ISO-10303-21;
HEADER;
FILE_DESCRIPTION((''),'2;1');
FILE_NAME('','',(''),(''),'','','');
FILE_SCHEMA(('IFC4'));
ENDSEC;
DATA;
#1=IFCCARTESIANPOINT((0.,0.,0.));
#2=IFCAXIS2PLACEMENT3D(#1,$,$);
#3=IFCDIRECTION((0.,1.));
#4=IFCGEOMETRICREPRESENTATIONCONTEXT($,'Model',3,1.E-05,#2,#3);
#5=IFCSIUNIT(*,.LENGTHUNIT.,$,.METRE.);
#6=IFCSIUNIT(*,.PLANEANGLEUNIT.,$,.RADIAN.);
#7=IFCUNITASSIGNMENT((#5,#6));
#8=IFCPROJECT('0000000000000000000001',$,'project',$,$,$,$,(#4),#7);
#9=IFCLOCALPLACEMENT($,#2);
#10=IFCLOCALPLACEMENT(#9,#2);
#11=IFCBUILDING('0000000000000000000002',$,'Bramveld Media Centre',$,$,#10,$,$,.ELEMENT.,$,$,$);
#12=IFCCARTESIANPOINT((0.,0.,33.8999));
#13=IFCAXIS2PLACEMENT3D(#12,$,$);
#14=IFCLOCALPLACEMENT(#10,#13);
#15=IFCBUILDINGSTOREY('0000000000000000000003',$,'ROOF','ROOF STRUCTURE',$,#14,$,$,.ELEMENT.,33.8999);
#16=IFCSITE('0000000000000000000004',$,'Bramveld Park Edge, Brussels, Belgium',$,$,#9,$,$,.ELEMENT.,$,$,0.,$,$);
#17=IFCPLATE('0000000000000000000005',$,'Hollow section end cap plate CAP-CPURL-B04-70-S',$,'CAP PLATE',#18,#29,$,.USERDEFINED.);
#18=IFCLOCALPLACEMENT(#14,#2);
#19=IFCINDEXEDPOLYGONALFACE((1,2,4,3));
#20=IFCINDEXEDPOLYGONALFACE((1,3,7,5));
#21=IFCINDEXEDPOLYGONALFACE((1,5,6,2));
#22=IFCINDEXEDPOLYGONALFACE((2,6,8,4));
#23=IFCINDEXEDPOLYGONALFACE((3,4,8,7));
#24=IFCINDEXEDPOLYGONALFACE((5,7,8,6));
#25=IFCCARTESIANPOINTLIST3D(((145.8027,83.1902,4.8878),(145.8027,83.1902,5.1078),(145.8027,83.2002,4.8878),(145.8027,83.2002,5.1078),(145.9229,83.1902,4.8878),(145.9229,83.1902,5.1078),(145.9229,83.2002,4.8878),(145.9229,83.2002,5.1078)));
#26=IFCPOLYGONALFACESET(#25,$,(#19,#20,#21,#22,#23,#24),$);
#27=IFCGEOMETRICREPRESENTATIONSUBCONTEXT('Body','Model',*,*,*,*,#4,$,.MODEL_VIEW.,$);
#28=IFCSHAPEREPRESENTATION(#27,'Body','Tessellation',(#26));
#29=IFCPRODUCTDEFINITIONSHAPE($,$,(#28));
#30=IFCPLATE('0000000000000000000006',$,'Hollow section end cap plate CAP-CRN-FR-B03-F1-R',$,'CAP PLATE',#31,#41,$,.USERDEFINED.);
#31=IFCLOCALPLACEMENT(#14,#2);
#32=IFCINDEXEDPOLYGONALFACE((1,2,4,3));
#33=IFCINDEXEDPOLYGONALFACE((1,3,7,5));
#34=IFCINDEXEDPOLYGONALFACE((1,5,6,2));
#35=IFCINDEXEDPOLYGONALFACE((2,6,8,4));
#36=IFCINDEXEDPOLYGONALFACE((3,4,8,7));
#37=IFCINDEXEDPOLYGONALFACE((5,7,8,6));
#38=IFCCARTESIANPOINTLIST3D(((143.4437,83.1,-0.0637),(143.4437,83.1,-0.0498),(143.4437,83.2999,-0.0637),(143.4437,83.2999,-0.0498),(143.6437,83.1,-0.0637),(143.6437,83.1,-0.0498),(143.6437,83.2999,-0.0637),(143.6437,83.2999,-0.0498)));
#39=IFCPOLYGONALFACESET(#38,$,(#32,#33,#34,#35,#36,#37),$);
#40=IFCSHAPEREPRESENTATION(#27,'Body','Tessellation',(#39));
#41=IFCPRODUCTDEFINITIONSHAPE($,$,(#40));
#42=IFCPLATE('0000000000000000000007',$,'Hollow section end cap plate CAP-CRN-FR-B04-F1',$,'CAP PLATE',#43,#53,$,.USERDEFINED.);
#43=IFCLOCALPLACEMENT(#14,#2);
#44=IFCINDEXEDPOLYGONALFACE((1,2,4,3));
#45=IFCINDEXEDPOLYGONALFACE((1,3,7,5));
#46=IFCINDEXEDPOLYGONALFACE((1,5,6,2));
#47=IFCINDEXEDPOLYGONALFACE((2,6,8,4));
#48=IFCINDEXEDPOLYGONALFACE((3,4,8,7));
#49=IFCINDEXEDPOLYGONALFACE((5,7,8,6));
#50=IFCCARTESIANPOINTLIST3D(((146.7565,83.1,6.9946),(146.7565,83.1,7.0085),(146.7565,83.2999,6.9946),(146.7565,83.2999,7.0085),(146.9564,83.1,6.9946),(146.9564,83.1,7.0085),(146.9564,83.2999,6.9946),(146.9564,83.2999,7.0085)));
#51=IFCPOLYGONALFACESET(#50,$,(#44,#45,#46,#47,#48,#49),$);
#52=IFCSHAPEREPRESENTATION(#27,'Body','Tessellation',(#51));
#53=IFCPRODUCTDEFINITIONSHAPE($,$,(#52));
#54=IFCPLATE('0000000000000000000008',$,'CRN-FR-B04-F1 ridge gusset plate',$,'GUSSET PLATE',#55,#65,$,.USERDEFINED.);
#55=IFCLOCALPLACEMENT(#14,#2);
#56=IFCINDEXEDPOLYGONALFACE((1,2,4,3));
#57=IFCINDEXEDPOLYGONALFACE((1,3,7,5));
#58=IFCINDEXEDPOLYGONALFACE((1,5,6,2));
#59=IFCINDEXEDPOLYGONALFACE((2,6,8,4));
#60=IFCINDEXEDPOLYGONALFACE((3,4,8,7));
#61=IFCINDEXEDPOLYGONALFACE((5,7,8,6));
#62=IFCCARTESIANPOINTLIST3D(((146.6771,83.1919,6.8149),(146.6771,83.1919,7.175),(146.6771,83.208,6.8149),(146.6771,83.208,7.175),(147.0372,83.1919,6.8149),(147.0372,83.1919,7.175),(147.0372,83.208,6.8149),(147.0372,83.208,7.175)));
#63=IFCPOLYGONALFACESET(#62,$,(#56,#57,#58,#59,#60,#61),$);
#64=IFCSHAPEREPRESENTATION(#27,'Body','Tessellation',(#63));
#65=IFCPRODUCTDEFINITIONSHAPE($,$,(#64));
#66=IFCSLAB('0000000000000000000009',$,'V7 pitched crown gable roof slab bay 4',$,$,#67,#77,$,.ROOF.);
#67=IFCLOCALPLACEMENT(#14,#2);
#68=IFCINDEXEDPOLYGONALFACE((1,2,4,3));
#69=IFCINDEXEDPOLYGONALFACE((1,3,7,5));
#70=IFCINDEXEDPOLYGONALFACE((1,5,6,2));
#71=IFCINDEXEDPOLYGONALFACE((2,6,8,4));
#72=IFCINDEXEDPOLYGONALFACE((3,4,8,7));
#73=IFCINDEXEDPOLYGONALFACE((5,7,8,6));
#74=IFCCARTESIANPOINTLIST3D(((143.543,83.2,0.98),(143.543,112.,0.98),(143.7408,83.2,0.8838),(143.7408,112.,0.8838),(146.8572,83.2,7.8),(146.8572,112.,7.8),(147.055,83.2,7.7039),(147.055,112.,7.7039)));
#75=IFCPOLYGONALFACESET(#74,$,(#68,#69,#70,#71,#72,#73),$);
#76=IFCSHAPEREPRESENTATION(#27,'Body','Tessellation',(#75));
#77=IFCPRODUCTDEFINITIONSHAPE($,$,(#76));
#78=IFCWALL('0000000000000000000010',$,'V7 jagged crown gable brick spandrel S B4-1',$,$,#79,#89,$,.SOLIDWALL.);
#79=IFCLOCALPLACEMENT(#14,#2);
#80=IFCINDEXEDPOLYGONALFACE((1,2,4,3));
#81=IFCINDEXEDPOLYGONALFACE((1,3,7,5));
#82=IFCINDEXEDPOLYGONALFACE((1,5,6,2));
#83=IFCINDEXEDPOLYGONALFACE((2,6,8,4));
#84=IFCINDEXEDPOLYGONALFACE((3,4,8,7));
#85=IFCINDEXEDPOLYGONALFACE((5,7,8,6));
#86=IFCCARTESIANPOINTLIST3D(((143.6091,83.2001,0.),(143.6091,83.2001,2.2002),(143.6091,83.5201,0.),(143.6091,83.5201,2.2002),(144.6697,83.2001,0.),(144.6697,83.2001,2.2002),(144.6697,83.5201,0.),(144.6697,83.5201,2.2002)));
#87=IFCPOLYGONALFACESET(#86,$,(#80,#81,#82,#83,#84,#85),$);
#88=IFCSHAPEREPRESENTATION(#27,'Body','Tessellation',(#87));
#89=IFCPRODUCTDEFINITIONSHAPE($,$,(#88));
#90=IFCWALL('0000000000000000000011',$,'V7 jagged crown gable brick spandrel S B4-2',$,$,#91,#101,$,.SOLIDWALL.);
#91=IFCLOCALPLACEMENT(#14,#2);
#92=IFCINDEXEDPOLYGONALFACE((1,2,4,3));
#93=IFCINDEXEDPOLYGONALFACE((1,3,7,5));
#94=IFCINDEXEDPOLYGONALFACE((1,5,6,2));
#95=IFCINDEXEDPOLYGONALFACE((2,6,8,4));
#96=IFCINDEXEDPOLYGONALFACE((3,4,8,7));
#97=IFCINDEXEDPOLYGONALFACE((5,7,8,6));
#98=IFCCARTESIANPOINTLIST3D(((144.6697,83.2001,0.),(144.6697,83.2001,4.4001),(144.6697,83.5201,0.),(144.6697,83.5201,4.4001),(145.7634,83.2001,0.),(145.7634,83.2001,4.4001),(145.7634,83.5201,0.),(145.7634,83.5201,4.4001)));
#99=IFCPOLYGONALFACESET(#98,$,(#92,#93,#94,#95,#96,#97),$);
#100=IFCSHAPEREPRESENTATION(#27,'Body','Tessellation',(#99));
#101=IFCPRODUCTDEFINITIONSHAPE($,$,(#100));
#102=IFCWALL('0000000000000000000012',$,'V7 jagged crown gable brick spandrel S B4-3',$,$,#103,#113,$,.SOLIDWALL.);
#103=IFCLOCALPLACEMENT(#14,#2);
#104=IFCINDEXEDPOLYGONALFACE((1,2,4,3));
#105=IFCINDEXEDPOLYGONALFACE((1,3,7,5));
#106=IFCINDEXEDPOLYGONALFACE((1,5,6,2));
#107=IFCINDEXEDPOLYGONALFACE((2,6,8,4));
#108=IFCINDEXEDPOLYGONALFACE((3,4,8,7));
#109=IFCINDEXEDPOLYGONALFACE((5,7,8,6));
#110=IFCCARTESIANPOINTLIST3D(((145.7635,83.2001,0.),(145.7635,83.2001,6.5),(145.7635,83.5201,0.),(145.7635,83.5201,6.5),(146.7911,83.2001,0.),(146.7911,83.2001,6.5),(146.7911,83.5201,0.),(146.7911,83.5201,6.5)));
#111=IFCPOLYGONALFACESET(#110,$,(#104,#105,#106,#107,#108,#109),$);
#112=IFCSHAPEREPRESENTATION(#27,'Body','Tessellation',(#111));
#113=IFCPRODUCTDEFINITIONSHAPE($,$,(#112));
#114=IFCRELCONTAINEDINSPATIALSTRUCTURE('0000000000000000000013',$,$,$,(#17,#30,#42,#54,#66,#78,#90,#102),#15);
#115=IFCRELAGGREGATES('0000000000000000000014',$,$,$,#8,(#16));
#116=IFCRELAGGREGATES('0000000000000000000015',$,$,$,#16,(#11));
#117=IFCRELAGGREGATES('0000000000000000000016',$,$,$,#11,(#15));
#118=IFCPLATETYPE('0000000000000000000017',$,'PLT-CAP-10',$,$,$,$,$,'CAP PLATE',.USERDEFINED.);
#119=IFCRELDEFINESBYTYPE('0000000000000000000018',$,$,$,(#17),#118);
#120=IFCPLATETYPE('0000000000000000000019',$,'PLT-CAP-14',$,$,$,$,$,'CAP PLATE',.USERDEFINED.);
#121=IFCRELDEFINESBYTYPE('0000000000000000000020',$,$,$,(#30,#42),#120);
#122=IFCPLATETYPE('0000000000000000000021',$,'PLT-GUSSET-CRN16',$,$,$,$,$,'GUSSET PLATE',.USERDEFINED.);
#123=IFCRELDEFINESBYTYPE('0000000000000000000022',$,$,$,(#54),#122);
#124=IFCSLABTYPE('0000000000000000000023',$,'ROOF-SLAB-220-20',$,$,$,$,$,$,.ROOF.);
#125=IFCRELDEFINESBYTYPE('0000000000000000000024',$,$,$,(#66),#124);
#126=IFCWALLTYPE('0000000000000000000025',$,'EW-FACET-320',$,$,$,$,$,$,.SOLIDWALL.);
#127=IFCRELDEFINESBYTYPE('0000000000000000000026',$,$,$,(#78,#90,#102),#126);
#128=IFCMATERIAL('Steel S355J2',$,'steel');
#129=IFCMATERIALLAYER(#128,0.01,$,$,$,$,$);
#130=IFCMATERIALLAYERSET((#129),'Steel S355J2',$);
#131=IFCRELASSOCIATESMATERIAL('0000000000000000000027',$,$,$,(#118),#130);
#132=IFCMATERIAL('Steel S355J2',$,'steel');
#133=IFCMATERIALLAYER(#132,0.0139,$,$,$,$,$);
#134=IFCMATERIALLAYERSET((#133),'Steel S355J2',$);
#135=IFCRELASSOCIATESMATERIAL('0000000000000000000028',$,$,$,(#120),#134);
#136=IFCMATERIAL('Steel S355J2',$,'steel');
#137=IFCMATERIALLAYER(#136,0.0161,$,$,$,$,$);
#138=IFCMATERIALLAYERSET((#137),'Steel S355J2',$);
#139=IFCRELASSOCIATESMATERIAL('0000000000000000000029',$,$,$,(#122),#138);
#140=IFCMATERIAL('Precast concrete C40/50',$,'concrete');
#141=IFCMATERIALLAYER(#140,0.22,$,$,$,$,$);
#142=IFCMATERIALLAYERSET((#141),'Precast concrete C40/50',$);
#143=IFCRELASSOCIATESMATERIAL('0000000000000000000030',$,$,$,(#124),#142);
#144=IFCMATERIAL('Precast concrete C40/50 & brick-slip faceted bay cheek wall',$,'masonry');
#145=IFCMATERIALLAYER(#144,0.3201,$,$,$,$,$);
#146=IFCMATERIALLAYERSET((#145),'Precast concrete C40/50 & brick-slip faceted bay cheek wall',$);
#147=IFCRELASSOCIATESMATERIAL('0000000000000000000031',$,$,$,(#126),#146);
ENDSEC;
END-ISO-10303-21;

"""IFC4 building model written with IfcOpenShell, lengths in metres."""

from ifc_helpers import new_model, si_unit, direction, frame, frame_2d, origin, origin_2d, place, context, subcontext, project, spatial, polyline, rectangle, outline, extrude, material, layer, layer_set, type_object, element, save


model = new_model("IFC4")

# Units and contexts
model_context = context("Model", 3, precision=1e-05, world=origin(), true_north=direction((0.0, 1.0)))
body_context = subcontext(model_context, "Body", "Model", "MODEL_VIEW")
ifc_project = project(units=[si_unit("LENGTHUNIT", "METRE"), si_unit("PLANEANGLEUNIT", "RADIAN")], contexts=[model_context])

# Site, building, storey
site_placement = place(None, origin())
site = spatial("IfcSite", under=ifc_project, at=site_placement, Name="Bramveld Park Edge, Brussels, Belgium", CompositionType="ELEMENT", RefElevation=0.0)
building_placement = place(site_placement, origin())
building = spatial("IfcBuilding", under=site, at=building_placement, Name="Bramveld Media Centre", CompositionType="ELEMENT")
storey_placement = place(building_placement, frame((0.0, 0.0, 33.8999)))
storey = spatial("IfcBuildingStorey", under=building, at=storey_placement, Name="ROOF", Description="ROOF STRUCTURE", CompositionType="ELEMENT", Elevation=33.8999)

# Plates
ifc_material_1 = material(Name="Steel S355J2", Category="steel")
ifc_layer_1 = layer(ifc_material_1, 0.01)
ifc_layer_set_1 = layer_set([ifc_layer_1], Name="Steel S355J2")
plate_type_1 = type_object("IfcPlateType", Name="PLT-CAP-10", ElementType="CAP PLATE", PredefinedType="USERDEFINED", material=ifc_layer_set_1)
for number, where, z_axis, x_axis, name in (
    (1, (145.8628, 83.2002, 4.9978), (0.0, -1.0, 0.0), (1.0, 0.0, 0.0), "Hollow section end cap plate CAP-CPURL-B04-70-S"),
):
    element("IfcPlate", number, at=place(storey_placement, frame(where, z_axis=z_axis, x_axis=x_axis)), inside=storey, type_object=plate_type_1, Name=name, ObjectType="CAP PLATE", PredefinedType="USERDEFINED", context=body_context, shape_type="SweptSolid", body=[
        extrude(rectangle(XDim=0.1201, YDim=0.22, at=origin_2d()), origin(), (0.0, 0.0, 1.0), 0.01),
    ])
ifc_material_2 = material(Name="Steel S355J2", Category="steel")
ifc_layer_2 = layer(ifc_material_2, 0.0139)
ifc_layer_set_2 = layer_set([ifc_layer_2], Name="Steel S355J2")
plate_type_2 = type_object("IfcPlateType", Name="PLT-CAP-14", ElementType="CAP PLATE", PredefinedType="USERDEFINED", material=ifc_layer_set_2)
for number, where, z_axis, x_axis, name in (
    (2, (143.5437, 83.2, -0.0498), (0.0, 0.0, -1.0), (1.0, 0.0, 0.0), "Hollow section end cap plate CAP-CRN-FR-B03-F1-R"),
    (3, (146.8564, 83.2, 6.9946), (0.0, 0.0, 1.0), (1.0, 0.0, 0.0), "Hollow section end cap plate CAP-CRN-FR-B04-F1"),
):
    element("IfcPlate", number, at=place(storey_placement, frame(where, z_axis=z_axis, x_axis=x_axis)), inside=storey, type_object=plate_type_2, Name=name, ObjectType="CAP PLATE", PredefinedType="USERDEFINED", context=body_context, shape_type="SweptSolid", body=[
        extrude(rectangle(XDim=0.2, YDim=0.2, at=origin_2d()), origin(), (0.0, 0.0, 1.0), 0.0139),
    ])
ifc_material_3 = material(Name="Steel S355J2", Category="steel")
ifc_layer_3 = layer(ifc_material_3, 0.0161)
ifc_layer_set_3 = layer_set([ifc_layer_3], Name="Steel S355J2")
plate_type_3 = type_object("IfcPlateType", Name="PLT-GUSSET-CRN16", ElementType="GUSSET PLATE", PredefinedType="USERDEFINED", material=ifc_layer_set_3)
plate_1_placement = place(storey_placement, frame((146.8572, 83.2, 6.8149), z_axis=(0.0, 0.0, 1.0), x_axis=(1.0, 0.0, 0.0)))
element("IfcPlate", 4, at=plate_1_placement, inside=storey, type_object=plate_type_3, Name="CRN-FR-B04-F1 ridge gusset plate", ObjectType="GUSSET PLATE", PredefinedType="USERDEFINED", context=body_context, shape_type="SweptSolid", body=[
    extrude(rectangle(XDim=0.3601, YDim=0.0161, at=origin_2d()), origin(), (0.0, 0.0, 1.0), 0.3601),
])

# Slab
ifc_material_4 = material(Name="Precast concrete C40/50", Category="concrete")
ifc_layer_4 = layer(ifc_material_4, 0.22)
ifc_layer_set_4 = layer_set([ifc_layer_4], Name="Precast concrete C40/50")
slab_type = type_object("IfcSlabType", Name="ROOF-SLAB-220-20", PredefinedType="ROOF", material=ifc_layer_set_4)
slab_placement = place(storey_placement, frame((143.543, 83.2, 0.98), z_axis=(-0.899425, 0.0, 0.437075), x_axis=(0.437075, 0.0, 0.899425)))
element("IfcSlab", 5, at=slab_placement, inside=storey, type_object=slab_type, Name="V7 pitched crown gable roof slab bay 4", PredefinedType="ROOF", context=body_context, shape_type="SweptSolid", body=[
    extrude(outline(polyline([(0.0, 0.0), (7.5827, 0.0), (7.5827, 28.8), (0.0, 28.8), (0.0, 0.0)])), origin(), (0.0, 0.0, -1.0), 0.22),
])

# Walls
ifc_material_5 = material(Name="Precast concrete C40/50 & brick-slip faceted bay cheek wall", Category="masonry")
ifc_layer_5 = layer(ifc_material_5, 0.3201)
ifc_layer_set_5 = layer_set([ifc_layer_5], Name="Precast concrete C40/50 & brick-slip faceted bay cheek wall")
wall_type = type_object("IfcWallType", Name="EW-FACET-320", PredefinedType="SOLIDWALL", material=ifc_layer_set_5)
wall_1_placement = place(storey_placement, frame((144.6697, 83.3601, 0.0), z_axis=(0.0, 0.0, 1.0), x_axis=(-1.0, 0.0, 0.0)))
element("IfcWall", 6, at=wall_1_placement, inside=storey, type_object=wall_type, Name="V7 jagged crown gable brick spandrel S B4-1", PredefinedType="SOLIDWALL", context=body_context, shape_type="SweptSolid", body=[
    extrude(rectangle(XDim=1.0605, YDim=0.3201, at=frame_2d((0.5303, 0.0))), origin(), (0.0, 0.0, 1.0), 2.2002),
])
wall_2_placement = place(storey_placement, frame((145.7634, 83.3601, 0.0), z_axis=(0.0, 0.0, 1.0), x_axis=(-1.0, 0.0, 0.0)))
element("IfcWall", 7, at=wall_2_placement, inside=storey, type_object=wall_type, Name="V7 jagged crown gable brick spandrel S B4-2", PredefinedType="SOLIDWALL", context=body_context, shape_type="SweptSolid", body=[
    extrude(rectangle(XDim=1.0938, YDim=0.3201, at=frame_2d((0.5469, 0.0))), origin(), (0.0, 0.0, 1.0), 4.4001),
])
wall_3_placement = place(storey_placement, frame((146.791, 83.3601, 0.0), z_axis=(0.0, 0.0, 1.0), x_axis=(-1.0, 0.0, 0.0)))
element("IfcWall", 8, at=wall_3_placement, inside=storey, type_object=wall_type, Name="V7 jagged crown gable brick spandrel S B4-3", PredefinedType="SOLIDWALL", context=body_context, shape_type="SweptSolid", body=[
    extrude(rectangle(XDim=1.0276, YDim=0.3201, at=frame_2d((0.5137, 0.0))), origin(), (0.0, 0.0, 1.0), 6.5),
])

save(model, "model.ifc")
